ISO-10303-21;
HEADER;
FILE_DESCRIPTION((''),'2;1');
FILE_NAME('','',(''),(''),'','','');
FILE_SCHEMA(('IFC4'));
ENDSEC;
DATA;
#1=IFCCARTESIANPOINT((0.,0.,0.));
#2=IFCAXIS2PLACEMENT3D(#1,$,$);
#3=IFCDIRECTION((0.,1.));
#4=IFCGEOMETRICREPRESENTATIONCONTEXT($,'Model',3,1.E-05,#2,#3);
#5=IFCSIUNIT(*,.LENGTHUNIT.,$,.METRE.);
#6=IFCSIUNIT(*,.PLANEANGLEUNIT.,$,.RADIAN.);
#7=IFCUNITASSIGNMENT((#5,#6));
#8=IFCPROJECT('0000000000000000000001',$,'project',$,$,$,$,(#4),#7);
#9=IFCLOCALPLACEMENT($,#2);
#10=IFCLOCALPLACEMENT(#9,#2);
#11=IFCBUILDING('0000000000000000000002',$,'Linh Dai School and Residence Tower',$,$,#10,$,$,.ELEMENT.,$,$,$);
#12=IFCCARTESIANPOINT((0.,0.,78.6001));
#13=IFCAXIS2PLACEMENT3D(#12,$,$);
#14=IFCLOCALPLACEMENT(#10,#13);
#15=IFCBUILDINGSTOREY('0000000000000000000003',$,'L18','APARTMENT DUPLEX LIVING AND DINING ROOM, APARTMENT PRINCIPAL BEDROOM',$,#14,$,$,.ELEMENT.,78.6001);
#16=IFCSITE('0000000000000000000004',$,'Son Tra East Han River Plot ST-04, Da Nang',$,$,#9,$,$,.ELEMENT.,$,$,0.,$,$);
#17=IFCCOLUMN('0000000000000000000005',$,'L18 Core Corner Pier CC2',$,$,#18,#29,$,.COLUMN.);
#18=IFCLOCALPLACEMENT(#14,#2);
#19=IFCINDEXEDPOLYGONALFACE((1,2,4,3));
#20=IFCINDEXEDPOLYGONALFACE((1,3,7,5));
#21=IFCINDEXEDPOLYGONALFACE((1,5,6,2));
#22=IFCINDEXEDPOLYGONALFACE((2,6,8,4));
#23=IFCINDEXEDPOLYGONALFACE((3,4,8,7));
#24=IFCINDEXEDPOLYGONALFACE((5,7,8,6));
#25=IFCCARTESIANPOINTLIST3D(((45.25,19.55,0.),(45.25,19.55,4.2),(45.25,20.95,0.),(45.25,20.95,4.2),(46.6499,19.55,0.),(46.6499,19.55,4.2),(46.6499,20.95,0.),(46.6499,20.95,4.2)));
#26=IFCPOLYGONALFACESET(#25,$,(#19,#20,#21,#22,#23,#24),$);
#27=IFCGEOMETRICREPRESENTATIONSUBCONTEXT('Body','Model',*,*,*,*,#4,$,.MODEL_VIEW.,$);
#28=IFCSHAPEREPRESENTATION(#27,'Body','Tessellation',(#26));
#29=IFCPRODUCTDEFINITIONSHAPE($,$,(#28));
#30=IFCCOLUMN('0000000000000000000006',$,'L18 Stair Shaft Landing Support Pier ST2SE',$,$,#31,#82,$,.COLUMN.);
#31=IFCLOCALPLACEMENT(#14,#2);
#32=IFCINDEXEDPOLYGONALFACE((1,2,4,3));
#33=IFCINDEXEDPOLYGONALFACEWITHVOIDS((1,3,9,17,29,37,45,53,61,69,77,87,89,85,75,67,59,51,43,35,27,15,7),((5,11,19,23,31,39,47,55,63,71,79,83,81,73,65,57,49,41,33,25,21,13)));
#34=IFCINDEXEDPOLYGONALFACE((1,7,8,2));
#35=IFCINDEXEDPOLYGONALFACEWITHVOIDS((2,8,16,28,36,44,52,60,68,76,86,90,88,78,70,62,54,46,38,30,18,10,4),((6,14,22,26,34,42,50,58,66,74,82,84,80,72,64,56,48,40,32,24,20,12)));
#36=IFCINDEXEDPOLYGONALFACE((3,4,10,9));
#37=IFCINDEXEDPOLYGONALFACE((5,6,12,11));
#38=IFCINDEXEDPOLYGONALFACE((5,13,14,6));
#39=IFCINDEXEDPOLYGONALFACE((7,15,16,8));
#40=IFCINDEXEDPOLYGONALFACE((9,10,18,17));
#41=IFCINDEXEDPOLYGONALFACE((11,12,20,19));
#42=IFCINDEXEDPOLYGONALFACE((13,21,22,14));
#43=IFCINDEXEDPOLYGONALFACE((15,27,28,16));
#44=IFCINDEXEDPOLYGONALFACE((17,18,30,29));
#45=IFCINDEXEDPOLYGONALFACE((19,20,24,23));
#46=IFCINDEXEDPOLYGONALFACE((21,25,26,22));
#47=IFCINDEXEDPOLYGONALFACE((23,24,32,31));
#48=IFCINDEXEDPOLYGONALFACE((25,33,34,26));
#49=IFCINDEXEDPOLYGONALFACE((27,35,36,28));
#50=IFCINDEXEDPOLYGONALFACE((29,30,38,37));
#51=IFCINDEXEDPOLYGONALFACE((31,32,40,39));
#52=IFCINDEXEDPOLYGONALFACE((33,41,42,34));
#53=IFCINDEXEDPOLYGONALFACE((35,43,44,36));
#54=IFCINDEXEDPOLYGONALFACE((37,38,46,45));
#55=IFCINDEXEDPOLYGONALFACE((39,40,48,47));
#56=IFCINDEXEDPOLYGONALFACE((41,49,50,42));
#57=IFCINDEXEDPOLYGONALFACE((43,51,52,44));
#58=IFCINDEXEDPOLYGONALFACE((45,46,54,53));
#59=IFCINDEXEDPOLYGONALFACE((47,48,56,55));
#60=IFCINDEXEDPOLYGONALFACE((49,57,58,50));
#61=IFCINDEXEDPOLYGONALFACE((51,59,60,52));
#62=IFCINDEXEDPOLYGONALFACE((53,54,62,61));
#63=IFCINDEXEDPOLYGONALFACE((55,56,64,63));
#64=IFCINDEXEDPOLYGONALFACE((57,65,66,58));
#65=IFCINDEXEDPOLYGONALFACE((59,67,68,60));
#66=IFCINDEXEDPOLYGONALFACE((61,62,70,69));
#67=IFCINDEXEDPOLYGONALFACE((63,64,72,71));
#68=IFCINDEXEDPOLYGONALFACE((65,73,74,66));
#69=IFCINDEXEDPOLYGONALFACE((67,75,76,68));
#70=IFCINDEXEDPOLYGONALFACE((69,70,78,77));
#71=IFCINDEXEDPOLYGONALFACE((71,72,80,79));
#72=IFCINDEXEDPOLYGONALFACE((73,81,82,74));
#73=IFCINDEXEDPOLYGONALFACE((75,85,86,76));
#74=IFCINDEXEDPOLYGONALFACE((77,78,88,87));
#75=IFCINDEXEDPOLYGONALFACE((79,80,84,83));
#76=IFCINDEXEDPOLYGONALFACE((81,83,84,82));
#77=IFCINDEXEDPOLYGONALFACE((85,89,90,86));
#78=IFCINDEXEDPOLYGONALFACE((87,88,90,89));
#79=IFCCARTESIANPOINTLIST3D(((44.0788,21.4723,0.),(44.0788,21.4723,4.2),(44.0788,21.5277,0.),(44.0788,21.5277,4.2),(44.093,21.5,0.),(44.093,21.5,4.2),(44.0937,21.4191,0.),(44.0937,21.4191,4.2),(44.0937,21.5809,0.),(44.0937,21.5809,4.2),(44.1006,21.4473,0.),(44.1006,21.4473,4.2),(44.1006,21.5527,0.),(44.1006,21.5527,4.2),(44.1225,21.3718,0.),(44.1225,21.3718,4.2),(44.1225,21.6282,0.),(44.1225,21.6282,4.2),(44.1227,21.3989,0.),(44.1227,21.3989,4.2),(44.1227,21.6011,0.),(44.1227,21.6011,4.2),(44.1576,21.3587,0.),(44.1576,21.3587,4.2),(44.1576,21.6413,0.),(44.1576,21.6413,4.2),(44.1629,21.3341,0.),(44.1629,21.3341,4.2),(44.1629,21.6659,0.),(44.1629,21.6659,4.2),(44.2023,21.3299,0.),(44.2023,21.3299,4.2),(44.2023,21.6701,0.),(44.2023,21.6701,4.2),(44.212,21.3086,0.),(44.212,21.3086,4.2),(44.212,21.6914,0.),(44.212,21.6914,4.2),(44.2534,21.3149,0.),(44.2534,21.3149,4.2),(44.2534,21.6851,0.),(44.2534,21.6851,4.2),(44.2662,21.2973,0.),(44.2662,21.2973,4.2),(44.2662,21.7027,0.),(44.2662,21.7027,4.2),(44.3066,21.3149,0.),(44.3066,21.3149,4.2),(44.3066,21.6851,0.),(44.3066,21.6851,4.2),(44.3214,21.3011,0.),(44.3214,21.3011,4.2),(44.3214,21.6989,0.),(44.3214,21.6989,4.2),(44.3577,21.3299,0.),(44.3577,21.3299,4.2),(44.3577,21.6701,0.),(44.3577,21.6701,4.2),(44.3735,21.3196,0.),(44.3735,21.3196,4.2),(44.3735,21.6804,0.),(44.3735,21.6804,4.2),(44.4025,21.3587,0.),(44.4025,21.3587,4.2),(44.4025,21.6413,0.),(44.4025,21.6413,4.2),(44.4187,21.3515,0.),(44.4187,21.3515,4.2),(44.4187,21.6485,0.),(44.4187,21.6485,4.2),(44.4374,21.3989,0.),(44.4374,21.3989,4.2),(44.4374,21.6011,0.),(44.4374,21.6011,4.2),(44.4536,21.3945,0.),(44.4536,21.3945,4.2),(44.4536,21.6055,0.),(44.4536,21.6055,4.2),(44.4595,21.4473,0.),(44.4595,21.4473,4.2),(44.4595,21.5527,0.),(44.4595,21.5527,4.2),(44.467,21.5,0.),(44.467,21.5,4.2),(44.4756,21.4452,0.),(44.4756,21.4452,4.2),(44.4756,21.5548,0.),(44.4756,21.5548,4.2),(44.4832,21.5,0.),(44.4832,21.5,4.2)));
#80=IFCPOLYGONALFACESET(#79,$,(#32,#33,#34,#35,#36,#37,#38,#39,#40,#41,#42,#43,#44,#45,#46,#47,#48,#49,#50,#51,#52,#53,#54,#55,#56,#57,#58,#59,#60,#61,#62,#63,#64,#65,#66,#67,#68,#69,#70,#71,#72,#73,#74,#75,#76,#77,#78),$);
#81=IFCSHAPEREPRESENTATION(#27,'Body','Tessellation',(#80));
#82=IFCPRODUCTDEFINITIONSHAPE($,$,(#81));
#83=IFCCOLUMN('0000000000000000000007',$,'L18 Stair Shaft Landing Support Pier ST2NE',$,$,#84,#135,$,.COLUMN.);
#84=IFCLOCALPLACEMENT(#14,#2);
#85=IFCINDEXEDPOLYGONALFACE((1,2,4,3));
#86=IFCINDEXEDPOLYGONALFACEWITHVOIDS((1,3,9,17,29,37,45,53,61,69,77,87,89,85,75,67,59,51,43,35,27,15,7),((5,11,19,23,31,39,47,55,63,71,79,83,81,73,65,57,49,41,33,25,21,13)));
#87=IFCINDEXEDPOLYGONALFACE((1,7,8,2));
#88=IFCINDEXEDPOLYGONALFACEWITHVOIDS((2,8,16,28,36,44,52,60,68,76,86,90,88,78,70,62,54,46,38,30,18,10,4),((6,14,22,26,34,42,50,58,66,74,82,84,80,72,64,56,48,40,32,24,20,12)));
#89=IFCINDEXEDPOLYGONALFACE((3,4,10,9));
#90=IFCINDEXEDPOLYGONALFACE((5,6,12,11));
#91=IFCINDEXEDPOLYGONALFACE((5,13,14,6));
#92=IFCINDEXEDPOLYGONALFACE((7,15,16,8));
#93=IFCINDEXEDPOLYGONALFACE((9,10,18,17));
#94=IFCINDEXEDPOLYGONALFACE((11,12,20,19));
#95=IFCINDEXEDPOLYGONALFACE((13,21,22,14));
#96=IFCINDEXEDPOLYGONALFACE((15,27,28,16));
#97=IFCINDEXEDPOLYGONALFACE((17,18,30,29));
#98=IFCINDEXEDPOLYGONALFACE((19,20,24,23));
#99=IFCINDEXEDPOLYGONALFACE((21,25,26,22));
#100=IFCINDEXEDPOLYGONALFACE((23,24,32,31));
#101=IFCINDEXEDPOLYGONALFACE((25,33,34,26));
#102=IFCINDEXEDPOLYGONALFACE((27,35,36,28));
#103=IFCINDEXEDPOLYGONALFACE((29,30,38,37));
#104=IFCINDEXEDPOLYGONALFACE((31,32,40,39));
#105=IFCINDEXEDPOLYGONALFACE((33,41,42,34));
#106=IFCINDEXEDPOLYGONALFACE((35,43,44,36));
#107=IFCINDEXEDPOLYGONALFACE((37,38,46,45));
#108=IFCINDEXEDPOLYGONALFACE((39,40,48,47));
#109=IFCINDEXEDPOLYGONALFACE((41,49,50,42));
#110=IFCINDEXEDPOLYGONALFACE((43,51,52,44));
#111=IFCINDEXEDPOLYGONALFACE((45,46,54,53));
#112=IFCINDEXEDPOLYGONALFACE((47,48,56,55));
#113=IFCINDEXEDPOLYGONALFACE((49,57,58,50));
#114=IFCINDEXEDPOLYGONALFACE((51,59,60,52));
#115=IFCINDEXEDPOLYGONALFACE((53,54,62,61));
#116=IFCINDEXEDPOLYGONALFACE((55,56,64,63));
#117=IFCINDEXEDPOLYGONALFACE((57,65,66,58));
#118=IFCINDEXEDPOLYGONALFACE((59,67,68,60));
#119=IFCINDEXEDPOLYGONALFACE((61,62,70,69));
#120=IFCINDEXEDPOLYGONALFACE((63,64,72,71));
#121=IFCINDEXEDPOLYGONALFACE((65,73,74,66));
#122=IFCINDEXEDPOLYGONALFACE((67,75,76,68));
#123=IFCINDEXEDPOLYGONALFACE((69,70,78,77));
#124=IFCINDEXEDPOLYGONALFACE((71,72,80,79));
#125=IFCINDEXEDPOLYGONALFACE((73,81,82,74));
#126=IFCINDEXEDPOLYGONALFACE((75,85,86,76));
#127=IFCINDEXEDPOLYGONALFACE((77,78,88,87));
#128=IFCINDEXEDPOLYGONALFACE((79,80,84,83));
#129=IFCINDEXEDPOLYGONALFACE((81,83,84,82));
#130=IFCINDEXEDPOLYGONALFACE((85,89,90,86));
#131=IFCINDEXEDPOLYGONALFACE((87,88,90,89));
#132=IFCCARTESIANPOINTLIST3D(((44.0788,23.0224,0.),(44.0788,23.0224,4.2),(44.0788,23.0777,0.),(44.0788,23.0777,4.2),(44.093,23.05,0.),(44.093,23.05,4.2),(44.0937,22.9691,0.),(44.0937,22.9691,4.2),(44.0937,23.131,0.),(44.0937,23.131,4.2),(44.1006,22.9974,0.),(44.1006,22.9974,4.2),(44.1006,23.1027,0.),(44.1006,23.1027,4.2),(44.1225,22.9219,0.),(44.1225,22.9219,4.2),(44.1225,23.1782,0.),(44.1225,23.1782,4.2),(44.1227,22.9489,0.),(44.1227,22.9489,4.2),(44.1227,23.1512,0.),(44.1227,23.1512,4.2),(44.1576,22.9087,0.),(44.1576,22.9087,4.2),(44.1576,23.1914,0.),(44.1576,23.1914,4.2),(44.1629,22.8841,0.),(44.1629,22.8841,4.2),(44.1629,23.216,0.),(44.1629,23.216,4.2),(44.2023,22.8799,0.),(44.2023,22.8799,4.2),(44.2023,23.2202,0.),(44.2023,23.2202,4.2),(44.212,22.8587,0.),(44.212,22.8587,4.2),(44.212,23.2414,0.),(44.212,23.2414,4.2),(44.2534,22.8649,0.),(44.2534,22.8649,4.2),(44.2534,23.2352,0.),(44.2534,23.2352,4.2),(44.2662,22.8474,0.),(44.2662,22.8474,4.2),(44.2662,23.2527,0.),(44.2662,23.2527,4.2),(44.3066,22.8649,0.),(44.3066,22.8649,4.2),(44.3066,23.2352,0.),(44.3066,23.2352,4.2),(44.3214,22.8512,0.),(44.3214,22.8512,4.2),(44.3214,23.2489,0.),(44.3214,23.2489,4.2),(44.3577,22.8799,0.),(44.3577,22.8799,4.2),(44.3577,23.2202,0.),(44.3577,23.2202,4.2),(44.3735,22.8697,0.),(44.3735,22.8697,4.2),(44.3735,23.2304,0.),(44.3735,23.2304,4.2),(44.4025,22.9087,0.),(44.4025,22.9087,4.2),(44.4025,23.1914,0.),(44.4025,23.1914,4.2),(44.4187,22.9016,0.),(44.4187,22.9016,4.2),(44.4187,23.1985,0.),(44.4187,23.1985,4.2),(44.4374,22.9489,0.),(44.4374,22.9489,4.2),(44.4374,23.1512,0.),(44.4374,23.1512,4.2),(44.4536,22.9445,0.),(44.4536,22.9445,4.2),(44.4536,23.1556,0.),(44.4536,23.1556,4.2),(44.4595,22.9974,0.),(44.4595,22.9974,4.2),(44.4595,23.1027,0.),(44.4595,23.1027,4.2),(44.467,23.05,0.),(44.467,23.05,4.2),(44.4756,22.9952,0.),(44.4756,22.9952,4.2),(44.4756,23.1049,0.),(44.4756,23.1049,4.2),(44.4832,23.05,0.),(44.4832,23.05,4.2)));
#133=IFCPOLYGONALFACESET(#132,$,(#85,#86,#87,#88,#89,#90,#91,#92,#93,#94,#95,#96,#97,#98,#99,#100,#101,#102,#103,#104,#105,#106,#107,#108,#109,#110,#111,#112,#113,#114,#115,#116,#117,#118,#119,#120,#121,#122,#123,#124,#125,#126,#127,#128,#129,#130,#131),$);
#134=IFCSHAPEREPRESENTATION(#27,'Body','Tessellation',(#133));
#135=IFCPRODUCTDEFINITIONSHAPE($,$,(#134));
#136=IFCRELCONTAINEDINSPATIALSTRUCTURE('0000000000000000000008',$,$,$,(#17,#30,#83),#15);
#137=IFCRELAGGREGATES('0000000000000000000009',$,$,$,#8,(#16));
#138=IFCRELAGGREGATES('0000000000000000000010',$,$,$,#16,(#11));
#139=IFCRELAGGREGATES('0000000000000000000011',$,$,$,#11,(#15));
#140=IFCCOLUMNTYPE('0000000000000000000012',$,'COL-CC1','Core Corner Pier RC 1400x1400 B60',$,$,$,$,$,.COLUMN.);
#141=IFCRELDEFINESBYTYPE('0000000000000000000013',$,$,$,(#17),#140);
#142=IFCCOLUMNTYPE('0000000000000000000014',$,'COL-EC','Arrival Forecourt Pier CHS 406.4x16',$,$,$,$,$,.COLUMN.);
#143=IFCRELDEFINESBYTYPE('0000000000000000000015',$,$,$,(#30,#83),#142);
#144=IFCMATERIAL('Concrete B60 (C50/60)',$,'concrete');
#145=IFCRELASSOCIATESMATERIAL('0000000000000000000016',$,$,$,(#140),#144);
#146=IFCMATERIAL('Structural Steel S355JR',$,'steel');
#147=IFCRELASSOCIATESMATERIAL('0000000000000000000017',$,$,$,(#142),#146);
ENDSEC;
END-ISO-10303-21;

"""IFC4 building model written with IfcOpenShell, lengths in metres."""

from ifc_helpers import new_model, si_unit, direction, frame, origin, origin_2d, place, context, subcontext, project, spatial, rectangle, hollow_circle, extrude, material, material_profile, profile_set, type_object, element, save


model = new_model("IFC4")

# Units and contexts
model_context = context("Model", 3, precision=1e-05, world=origin(), true_north=direction((0.0, 1.0)))
body_context = subcontext(model_context, "Body", "Model", "MODEL_VIEW")
ifc_project = project(units=[si_unit("LENGTHUNIT", "METRE"), si_unit("PLANEANGLEUNIT", "RADIAN")], contexts=[model_context])

# Site, building, storey
site_placement = place(None, origin())
site = spatial("IfcSite", under=ifc_project, at=site_placement, Name="Son Tra East Han River Plot ST-04, Da Nang", CompositionType="ELEMENT", RefElevation=0.0)
building_placement = place(site_placement, origin())
building = spatial("IfcBuilding", under=site, at=building_placement, Name="Linh Dai School and Residence Tower", CompositionType="ELEMENT")
storey_placement = place(building_placement, frame((0.0, 0.0, 78.6001)))
storey = spatial("IfcBuildingStorey", under=building, at=storey_placement, Name="L18", Description="APARTMENT DUPLEX LIVING AND DINING ROOM, APARTMENT PRINCIPAL BEDROOM", CompositionType="ELEMENT", Elevation=78.6001)

# Columns
ifc_material_1 = material(Name="Concrete B60 (C50/60)", Category="concrete")
ifc_material_profile_1 = material_profile(ifc_material_1, rectangle(XDim=1.3999, YDim=1.3999, at=origin_2d()), Name="RC 1400x1400")
ifc_profile_set_1 = profile_set([ifc_material_profile_1], Name="Concrete B60 (C50/60)")
column_type_1 = type_object("IfcColumnType", Name="COL-CC1", Description="Core Corner Pier RC 1400x1400 B60", PredefinedType="COLUMN", material=ifc_profile_set_1)
column_1_placement = place(storey_placement, frame((45.95, 20.25, 0.0), z_axis=(0.0, 0.0, 1.0), x_axis=(1.0, 0.0, 0.0)))
element("IfcColumn", 1, at=column_1_placement, inside=storey, type_object=column_type_1, Name="L18 Core Corner Pier CC2", PredefinedType="COLUMN", context=body_context, shape_type="SweptSolid", body=[
    extrude(rectangle(XDim=1.3999, YDim=1.3999, at=origin_2d()), origin(), (0.0, 0.0, 1.0), 4.2),
])
ifc_material_2 = material(Name="Structural Steel S355JR", Category="steel")
ifc_material_profile_2 = material_profile(ifc_material_2, hollow_circle(Radius=0.2031, WallThickness=0.0161, at=origin_2d()), Name="CHS 406.4x16")
ifc_profile_set_2 = profile_set([ifc_material_profile_2], Name="Structural Steel S355JR")
column_type_2 = type_object("IfcColumnType", Name="COL-EC", Description="Arrival Forecourt Pier CHS 406.4x16", PredefinedType="COLUMN", material=ifc_profile_set_2)
for number, where, z_axis, x_axis, name in (
    (2, (44.28, 21.5, 0.0), (0.0, 0.0, 1.0), (1.0, 0.0, 0.0), "L18 Stair Shaft Landing Support Pier ST2SE"),
    (3, (44.28, 23.05, 0.0), (0.0, 0.0, 1.0), (1.0, 0.0, 0.0), "L18 Stair Shaft Landing Support Pier ST2NE"),
):
    element("IfcColumn", number, at=place(storey_placement, frame(where, z_axis=z_axis, x_axis=x_axis)), inside=storey, type_object=column_type_2, Name=name, PredefinedType="COLUMN", context=body_context, shape_type="SweptSolid", body=[
        extrude(hollow_circle(Radius=0.2031, WallThickness=0.0161, at=origin_2d()), origin(), (0.0, 0.0, 1.0), 4.2),
    ])

save(model, "model.ifc")
